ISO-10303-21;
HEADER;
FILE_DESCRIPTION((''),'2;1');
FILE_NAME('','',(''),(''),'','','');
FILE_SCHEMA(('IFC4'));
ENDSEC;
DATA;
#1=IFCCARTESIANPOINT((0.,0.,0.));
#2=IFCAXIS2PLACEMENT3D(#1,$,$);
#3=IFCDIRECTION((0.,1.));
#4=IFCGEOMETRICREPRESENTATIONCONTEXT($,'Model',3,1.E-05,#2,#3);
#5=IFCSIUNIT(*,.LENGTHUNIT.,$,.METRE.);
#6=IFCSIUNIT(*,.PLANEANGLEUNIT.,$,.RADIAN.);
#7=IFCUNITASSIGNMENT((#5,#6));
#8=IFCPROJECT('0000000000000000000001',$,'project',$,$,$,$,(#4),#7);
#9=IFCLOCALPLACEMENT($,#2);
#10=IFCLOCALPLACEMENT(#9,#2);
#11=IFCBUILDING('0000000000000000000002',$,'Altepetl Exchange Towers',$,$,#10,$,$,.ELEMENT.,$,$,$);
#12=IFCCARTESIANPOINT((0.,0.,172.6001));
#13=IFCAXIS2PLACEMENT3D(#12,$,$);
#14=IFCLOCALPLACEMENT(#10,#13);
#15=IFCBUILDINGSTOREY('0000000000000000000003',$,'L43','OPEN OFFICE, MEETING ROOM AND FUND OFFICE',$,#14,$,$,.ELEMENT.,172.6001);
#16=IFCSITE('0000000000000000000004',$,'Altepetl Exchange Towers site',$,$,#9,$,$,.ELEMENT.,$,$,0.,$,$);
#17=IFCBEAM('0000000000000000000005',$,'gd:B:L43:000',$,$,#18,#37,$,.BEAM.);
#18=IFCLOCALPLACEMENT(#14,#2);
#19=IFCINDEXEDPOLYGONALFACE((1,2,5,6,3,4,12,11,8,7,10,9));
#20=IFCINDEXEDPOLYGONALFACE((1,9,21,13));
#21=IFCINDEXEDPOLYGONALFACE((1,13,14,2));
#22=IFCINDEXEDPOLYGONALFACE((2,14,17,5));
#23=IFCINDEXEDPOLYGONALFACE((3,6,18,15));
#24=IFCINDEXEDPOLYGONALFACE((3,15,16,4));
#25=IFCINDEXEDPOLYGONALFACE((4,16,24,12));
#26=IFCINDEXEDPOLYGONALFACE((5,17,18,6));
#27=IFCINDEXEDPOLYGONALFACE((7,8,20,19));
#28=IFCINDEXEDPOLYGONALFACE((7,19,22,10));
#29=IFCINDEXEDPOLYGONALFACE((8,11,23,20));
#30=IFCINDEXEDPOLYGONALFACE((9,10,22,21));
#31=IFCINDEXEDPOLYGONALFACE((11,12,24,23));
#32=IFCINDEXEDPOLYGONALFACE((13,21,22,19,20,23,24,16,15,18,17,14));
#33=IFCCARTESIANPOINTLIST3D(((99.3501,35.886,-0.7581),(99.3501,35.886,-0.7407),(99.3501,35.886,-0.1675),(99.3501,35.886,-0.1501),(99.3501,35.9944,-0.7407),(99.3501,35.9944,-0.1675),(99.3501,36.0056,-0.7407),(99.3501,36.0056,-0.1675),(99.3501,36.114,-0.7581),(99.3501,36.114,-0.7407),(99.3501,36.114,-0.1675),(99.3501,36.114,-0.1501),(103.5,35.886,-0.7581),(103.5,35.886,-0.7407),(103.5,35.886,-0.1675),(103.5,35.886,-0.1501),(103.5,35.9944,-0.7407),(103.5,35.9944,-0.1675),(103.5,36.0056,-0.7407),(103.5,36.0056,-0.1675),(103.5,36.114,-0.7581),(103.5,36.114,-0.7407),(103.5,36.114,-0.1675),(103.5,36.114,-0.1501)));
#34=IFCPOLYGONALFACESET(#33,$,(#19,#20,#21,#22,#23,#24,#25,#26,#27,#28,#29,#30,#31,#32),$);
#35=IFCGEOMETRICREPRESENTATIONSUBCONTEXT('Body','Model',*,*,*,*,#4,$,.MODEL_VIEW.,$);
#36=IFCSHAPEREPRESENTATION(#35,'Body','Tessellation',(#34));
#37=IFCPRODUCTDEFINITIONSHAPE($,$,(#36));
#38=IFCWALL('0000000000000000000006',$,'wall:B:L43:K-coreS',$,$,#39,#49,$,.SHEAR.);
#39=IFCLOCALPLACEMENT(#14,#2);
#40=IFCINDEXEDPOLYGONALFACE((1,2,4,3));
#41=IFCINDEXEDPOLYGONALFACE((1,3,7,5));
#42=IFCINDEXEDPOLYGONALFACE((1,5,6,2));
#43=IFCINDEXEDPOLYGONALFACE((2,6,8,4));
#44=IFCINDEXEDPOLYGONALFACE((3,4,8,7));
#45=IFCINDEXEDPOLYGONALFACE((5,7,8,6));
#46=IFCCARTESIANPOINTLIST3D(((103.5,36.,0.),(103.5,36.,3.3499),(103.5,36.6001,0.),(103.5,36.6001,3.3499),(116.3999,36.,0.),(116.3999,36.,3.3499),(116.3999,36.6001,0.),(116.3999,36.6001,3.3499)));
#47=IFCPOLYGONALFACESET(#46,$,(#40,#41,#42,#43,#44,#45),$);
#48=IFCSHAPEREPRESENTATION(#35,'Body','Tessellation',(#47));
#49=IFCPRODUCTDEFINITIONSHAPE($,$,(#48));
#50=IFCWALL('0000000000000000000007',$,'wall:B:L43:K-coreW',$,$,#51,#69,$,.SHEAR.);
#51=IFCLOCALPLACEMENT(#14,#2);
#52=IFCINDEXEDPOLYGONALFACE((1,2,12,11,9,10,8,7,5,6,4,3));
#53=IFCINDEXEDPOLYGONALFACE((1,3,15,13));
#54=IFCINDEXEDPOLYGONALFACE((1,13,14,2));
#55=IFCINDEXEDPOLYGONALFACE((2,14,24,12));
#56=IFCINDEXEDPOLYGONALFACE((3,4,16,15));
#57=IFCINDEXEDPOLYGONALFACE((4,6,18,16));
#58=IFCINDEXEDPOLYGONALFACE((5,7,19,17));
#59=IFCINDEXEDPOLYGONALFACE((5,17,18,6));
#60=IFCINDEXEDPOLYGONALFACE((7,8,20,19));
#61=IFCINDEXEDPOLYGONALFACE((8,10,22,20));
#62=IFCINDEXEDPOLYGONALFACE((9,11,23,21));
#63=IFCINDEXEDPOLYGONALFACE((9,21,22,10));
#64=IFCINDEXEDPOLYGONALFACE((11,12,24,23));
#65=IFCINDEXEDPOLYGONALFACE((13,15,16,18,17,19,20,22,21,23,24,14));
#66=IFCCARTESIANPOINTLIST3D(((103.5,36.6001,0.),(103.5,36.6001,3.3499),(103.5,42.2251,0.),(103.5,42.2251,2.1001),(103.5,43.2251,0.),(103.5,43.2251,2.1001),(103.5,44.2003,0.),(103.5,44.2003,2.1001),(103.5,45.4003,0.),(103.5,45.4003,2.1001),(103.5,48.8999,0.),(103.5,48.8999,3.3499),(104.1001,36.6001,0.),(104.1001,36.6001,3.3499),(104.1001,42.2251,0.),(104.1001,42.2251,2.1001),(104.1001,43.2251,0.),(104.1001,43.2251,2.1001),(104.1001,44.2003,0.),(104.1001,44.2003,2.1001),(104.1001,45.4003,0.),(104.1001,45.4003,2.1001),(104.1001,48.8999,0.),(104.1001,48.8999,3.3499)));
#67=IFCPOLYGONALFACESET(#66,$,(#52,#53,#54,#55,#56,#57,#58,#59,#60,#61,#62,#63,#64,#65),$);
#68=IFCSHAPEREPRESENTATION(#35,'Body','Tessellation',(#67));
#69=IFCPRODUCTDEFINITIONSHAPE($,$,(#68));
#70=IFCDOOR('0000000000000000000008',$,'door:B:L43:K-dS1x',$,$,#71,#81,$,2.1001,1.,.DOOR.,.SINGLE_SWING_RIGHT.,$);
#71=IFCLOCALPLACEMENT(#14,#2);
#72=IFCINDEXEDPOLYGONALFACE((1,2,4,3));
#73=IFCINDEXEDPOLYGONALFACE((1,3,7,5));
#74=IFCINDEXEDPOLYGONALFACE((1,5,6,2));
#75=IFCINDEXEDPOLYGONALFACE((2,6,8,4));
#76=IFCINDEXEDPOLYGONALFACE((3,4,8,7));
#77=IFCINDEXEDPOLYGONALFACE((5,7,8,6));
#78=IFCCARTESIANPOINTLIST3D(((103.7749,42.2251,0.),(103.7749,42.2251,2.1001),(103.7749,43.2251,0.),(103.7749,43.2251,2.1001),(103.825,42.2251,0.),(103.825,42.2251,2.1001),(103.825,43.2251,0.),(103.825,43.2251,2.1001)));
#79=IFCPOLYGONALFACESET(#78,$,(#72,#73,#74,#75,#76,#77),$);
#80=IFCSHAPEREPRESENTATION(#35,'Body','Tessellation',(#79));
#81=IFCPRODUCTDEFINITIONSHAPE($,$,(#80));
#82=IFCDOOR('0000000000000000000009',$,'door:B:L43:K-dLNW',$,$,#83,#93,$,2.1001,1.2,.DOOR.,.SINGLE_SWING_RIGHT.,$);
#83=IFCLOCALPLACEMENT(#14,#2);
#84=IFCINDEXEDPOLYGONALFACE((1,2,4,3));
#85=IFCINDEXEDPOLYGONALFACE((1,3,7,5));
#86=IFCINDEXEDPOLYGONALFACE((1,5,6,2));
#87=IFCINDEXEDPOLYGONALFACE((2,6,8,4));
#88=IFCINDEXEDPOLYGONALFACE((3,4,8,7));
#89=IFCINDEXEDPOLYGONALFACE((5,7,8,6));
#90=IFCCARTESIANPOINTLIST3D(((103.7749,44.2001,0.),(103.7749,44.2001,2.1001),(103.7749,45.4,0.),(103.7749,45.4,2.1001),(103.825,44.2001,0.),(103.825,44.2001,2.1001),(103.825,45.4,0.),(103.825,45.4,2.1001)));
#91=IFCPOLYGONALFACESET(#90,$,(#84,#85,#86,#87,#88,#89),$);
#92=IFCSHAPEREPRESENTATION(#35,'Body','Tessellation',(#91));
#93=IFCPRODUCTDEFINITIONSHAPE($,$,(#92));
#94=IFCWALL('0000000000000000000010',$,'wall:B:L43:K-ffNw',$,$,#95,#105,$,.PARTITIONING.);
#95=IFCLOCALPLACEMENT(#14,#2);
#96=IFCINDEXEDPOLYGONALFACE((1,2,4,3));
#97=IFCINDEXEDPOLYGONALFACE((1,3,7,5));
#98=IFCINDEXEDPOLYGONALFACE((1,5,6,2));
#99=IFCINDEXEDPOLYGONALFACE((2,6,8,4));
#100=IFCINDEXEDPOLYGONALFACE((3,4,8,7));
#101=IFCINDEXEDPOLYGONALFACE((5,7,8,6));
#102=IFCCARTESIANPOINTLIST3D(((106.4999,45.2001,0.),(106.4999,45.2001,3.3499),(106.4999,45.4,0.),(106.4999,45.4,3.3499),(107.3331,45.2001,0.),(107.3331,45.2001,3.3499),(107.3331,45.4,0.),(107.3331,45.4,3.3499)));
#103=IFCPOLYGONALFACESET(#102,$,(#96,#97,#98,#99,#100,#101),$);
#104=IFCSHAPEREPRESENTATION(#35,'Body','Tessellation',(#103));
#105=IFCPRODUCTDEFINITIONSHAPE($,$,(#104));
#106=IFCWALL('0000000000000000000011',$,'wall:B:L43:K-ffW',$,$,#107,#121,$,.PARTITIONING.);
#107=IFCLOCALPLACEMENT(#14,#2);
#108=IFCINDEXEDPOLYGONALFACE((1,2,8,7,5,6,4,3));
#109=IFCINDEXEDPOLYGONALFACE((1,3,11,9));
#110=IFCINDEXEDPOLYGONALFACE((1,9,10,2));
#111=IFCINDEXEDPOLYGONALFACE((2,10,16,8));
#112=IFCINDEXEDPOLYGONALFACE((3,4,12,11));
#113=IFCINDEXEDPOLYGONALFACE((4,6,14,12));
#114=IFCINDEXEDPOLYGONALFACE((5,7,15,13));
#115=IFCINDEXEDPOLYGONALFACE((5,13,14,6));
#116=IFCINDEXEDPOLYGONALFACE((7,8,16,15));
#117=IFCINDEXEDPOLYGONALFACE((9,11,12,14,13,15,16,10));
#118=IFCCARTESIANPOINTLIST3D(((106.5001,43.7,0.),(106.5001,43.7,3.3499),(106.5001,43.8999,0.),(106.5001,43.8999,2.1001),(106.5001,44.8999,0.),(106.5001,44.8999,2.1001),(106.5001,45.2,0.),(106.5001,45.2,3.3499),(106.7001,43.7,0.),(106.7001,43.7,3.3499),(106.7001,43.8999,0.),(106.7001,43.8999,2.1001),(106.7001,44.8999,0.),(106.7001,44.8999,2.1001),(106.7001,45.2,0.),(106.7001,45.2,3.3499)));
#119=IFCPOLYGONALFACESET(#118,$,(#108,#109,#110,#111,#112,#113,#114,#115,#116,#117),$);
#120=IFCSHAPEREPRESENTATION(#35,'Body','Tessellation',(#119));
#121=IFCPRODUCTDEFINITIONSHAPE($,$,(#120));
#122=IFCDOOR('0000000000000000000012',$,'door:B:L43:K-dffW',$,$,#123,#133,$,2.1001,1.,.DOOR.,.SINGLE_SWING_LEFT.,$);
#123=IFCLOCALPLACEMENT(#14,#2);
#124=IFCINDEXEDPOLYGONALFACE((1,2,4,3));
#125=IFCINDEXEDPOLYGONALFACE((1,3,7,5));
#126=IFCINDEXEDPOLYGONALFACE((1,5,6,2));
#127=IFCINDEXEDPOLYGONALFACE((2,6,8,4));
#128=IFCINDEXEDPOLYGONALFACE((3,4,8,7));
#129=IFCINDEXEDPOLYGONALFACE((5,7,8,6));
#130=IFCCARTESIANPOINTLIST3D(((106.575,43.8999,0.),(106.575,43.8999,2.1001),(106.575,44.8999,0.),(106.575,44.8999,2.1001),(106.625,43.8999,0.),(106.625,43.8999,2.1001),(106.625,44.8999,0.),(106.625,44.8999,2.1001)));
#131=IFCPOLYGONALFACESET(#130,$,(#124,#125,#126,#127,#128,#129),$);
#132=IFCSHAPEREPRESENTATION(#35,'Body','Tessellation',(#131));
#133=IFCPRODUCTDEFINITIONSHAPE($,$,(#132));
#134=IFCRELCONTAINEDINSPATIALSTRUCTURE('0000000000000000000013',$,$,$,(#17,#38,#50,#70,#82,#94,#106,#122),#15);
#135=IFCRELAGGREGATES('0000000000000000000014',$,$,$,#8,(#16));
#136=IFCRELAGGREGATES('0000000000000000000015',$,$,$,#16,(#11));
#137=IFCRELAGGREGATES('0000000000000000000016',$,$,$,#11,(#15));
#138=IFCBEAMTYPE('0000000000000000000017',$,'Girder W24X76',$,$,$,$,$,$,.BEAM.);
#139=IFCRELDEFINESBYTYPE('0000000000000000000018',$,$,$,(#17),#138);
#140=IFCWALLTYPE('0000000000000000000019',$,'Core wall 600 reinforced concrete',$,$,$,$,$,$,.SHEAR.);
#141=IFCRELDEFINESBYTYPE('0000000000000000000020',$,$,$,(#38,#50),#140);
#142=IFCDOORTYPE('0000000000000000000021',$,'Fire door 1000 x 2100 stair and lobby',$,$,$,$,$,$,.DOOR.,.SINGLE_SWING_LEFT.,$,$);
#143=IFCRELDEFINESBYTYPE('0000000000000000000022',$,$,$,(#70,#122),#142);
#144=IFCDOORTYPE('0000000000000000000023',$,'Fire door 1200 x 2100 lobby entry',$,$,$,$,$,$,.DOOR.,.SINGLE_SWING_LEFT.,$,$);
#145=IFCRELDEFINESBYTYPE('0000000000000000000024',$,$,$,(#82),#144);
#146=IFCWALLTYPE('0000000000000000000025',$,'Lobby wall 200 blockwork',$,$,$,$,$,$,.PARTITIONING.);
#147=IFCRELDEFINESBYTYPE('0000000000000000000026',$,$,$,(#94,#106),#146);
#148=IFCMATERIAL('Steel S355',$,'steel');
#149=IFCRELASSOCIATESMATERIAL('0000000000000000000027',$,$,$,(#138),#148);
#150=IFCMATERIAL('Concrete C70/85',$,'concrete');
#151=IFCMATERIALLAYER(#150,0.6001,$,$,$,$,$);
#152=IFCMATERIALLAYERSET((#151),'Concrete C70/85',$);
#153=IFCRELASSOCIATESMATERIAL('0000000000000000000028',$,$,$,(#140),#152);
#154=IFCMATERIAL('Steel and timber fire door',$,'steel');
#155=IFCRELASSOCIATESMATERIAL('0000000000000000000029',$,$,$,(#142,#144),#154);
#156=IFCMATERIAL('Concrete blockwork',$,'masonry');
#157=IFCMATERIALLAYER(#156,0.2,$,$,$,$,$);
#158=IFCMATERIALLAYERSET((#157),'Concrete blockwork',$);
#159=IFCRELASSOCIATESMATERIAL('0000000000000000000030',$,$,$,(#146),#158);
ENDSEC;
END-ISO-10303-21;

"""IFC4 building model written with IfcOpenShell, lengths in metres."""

from ifc_helpers import new_model, si_unit, direction, frame, frame_2d, origin, origin_2d, place, context, subcontext, project, spatial, rectangle, i_section, extrude, material, layer, layer_set, material_profile, profile_set, type_object, element, fill, save


model = new_model("IFC4")

# Units and contexts
model_context = context("Model", 3, precision=1e-05, world=origin(), true_north=direction((0.0, 1.0)))
body_context = subcontext(model_context, "Body", "Model", "MODEL_VIEW")
ifc_project = project(units=[si_unit("LENGTHUNIT", "METRE"), si_unit("PLANEANGLEUNIT", "RADIAN")], contexts=[model_context])

# Site, building, storey
site_placement = place(None, origin())
site = spatial("IfcSite", under=ifc_project, at=site_placement, Name="Altepetl Exchange Towers site", CompositionType="ELEMENT", RefElevation=0.0)
building_placement = place(site_placement, origin())
building = spatial("IfcBuilding", under=site, at=building_placement, Name="Altepetl Exchange Towers", CompositionType="ELEMENT")
storey_placement = place(building_placement, frame((0.0, 0.0, 172.6001)))
storey = spatial("IfcBuildingStorey", under=building, at=storey_placement, Name="L43", Description="OPEN OFFICE, MEETING ROOM AND FUND OFFICE", CompositionType="ELEMENT", Elevation=172.6001)

# Beam
ifc_material_1 = material(Name="Steel S355", Category="steel")
ifc_material_profile = material_profile(ifc_material_1, i_section(OverallWidth=0.228, OverallDepth=0.6079, WebThickness=0.0112, FlangeThickness=0.0173, at=origin_2d()), Name="W24X76")
ifc_profile_set = profile_set([ifc_material_profile], Name="Steel S355")
beam_type = type_object("IfcBeamType", Name="Girder W24X76", PredefinedType="BEAM", material=ifc_profile_set)
beam_placement = place(storey_placement, frame((103.5, 36.0, -0.4541), z_axis=(-1.0, 0.0, 0.0), x_axis=(0.0, -1.0, 0.0)))
element("IfcBeam", 1, at=beam_placement, inside=storey, type_object=beam_type, Name="gd:B:L43:000", PredefinedType="BEAM", context=body_context, shape_type="SweptSolid", body=[
    extrude(i_section(OverallWidth=0.228, OverallDepth=0.6079, WebThickness=0.0112, FlangeThickness=0.0173, at=origin_2d()), origin(), (0.0, 0.0, 1.0), 4.1499),
])

# Wall
ifc_material_2 = material(Name="Concrete C70/85", Category="concrete")
ifc_layer_1 = layer(ifc_material_2, 0.6001)
ifc_layer_set_1 = layer_set([ifc_layer_1], Name="Concrete C70/85")
wall_type_1 = type_object("IfcWallType", Name="Core wall 600 reinforced concrete", PredefinedType="SHEAR", material=ifc_layer_set_1)
wall_1_placement = place(storey_placement, frame((103.5, 36.3, 0.0)))
element("IfcWall", 2, at=wall_1_placement, inside=storey, type_object=wall_type_1, Name="wall:B:L43:K-coreS", PredefinedType="SHEAR", context=body_context, shape_type="SweptSolid", body=[
    extrude(rectangle(XDim=12.8999, YDim=0.6001, at=frame_2d((6.45, 0.0))), origin(), (0.0, 0.0, 1.0), 3.3499),
])

# Wall, openings, doors
wall_2_placement = place(storey_placement, frame((103.8, 36.6001, 0.0), z_axis=(0.0, 0.0, 1.0), x_axis=(0.0, 1.0, 0.0)))
wall_2 = element("IfcWall", 3, at=wall_2_placement, inside=storey, type_object=wall_type_1, Name="wall:B:L43:K-coreW", PredefinedType="SHEAR", context=body_context, shape_type="SweptSolid", body=[
    extrude(rectangle(XDim=12.2998, YDim=0.6001, at=frame_2d((6.1499, 0.0))), origin(), (0.0, 0.0, 1.0), 3.3499),
])
opening_1_placement = place(wall_2_placement, frame((7.6001, 0.0, 0.0)))
opening_1 = element("IfcOpeningElement", 4, at=opening_1_placement, cuts=wall_2, PredefinedType="OPENING", context=body_context, shape_type="SweptSolid", body=[
    extrude(rectangle(XDim=1.2, YDim=2.1001, at=frame_2d((0.6001, 1.05))), frame((0.0, 0.3101, 0.0), z_axis=(0.0, -1.0, 0.0), x_axis=(1.0, 0.0, 0.0)), (0.0, 0.0, 1.0), 0.6201),
])
opening_2_placement = place(wall_2_placement, frame((5.625, 0.0, 0.0)))
opening_2 = element("IfcOpeningElement", 5, at=opening_2_placement, cuts=wall_2, PredefinedType="OPENING", context=body_context, shape_type="SweptSolid", body=[
    extrude(rectangle(XDim=1.0, YDim=2.1001, at=frame_2d((0.5, 1.05))), frame((0.0, 0.3101, 0.0), z_axis=(0.0, -1.0, 0.0), x_axis=(1.0, 0.0, 0.0)), (0.0, 0.0, 1.0), 0.6201),
])
ifc_material_3 = material(Name="Steel and timber fire door", Category="steel")
door_type_1 = type_object("IfcDoorType", Name="Fire door 1000 x 2100 stair and lobby", OperationType="SINGLE_SWING_LEFT", PredefinedType="DOOR", material=ifc_material_3)
door_1_placement = place(opening_2_placement, frame((1.0, 0.0, 0.0), x_axis=(-1.0, 0.0, 0.0)))
door_1 = element("IfcDoor", 6, at=door_1_placement, inside=storey, type_object=door_type_1, Name="door:B:L43:K-dS1x", OperationType="SINGLE_SWING_RIGHT", OverallHeight=2.1001, OverallWidth=1.0, PredefinedType="DOOR", context=body_context, shape_type="SweptSolid", body=[
    extrude(rectangle(XDim=1.0, YDim=2.1001, at=frame_2d((0.5, 1.05))), frame((0.0, 0.0249, 0.0), z_axis=(0.0, -1.0, 0.0), x_axis=(1.0, 0.0, 0.0)), (0.0, 0.0, 1.0), 0.05),
])
fill(opening_2, door_1)
door_type_2 = type_object("IfcDoorType", Name="Fire door 1200 x 2100 lobby entry", OperationType="SINGLE_SWING_LEFT", PredefinedType="DOOR", material=ifc_material_3)
door_2_placement = place(opening_1_placement, frame((1.2, 0.0, 0.0), x_axis=(-1.0, 0.0, 0.0)))
door_2 = element("IfcDoor", 7, at=door_2_placement, inside=storey, type_object=door_type_2, Name="door:B:L43:K-dLNW", OperationType="SINGLE_SWING_RIGHT", OverallHeight=2.1001, OverallWidth=1.2, PredefinedType="DOOR", context=body_context, shape_type="SweptSolid", body=[
    extrude(rectangle(XDim=1.2, YDim=2.1001, at=frame_2d((0.6001, 1.05))), frame((0.0, 0.0249, 0.0), z_axis=(0.0, -1.0, 0.0), x_axis=(1.0, 0.0, 0.0)), (0.0, 0.0, 1.0), 0.05),
])
fill(opening_1, door_2)

# Wall
ifc_material_4 = material(Name="Concrete blockwork", Category="masonry")
ifc_layer_2 = layer(ifc_material_4, 0.2)
ifc_layer_set_2 = layer_set([ifc_layer_2], Name="Concrete blockwork")
wall_type_2 = type_object("IfcWallType", Name="Lobby wall 200 blockwork", PredefinedType="PARTITIONING", material=ifc_layer_set_2)
wall_3_placement = place(storey_placement, frame((106.5, 45.3, 0.0)))
element("IfcWall", 8, at=wall_3_placement, inside=storey, type_object=wall_type_2, Name="wall:B:L43:K-ffNw", PredefinedType="PARTITIONING", context=body_context, shape_type="SweptSolid", body=[
    extrude(rectangle(XDim=0.8333, YDim=0.2, at=frame_2d((0.4165, 0.0))), origin(), (0.0, 0.0, 1.0), 3.3499),
])

# Wall, opening, door
wall_4_placement = place(storey_placement, frame((106.6001, 43.7, 0.0), z_axis=(0.0, 0.0, 1.0), x_axis=(0.0, 1.0, 0.0)))
wall_4 = element("IfcWall", 9, at=wall_4_placement, inside=storey, type_object=wall_type_2, Name="wall:B:L43:K-ffW", PredefinedType="PARTITIONING", context=body_context, shape_type="SweptSolid", body=[
    extrude(rectangle(XDim=1.5, YDim=0.2, at=frame_2d((0.75, 0.0))), origin(), (0.0, 0.0, 1.0), 3.3499),
])
opening_3_placement = place(wall_4_placement, frame((0.2, 0.0, 0.0)))
opening_3 = element("IfcOpeningElement", 10, at=opening_3_placement, cuts=wall_4, PredefinedType="OPENING", context=body_context, shape_type="SweptSolid", body=[
    extrude(rectangle(XDim=1.0, YDim=2.1001, at=frame_2d((0.5, 1.05))), frame((0.0, 0.1099, 0.0), z_axis=(0.0, -1.0, 0.0), x_axis=(1.0, 0.0, 0.0)), (0.0, 0.0, 1.0), 0.22),
])
door_3_placement = place(opening_3_placement, frame((1.0, 0.0, 0.0), x_axis=(-1.0, 0.0, 0.0)))
door_3 = element("IfcDoor", 11, at=door_3_placement, inside=storey, type_object=door_type_1, Name="door:B:L43:K-dffW", OperationType="SINGLE_SWING_LEFT", OverallHeight=2.1001, OverallWidth=1.0, PredefinedType="DOOR", context=body_context, shape_type="SweptSolid", body=[
    extrude(rectangle(XDim=1.0, YDim=2.1001, at=frame_2d((0.5, 1.05))), frame((0.0, 0.0249, 0.0), z_axis=(0.0, -1.0, 0.0), x_axis=(1.0, 0.0, 0.0)), (0.0, 0.0, 1.0), 0.05),
])
fill(opening_3, door_3)

save(model, "model.ifc")
